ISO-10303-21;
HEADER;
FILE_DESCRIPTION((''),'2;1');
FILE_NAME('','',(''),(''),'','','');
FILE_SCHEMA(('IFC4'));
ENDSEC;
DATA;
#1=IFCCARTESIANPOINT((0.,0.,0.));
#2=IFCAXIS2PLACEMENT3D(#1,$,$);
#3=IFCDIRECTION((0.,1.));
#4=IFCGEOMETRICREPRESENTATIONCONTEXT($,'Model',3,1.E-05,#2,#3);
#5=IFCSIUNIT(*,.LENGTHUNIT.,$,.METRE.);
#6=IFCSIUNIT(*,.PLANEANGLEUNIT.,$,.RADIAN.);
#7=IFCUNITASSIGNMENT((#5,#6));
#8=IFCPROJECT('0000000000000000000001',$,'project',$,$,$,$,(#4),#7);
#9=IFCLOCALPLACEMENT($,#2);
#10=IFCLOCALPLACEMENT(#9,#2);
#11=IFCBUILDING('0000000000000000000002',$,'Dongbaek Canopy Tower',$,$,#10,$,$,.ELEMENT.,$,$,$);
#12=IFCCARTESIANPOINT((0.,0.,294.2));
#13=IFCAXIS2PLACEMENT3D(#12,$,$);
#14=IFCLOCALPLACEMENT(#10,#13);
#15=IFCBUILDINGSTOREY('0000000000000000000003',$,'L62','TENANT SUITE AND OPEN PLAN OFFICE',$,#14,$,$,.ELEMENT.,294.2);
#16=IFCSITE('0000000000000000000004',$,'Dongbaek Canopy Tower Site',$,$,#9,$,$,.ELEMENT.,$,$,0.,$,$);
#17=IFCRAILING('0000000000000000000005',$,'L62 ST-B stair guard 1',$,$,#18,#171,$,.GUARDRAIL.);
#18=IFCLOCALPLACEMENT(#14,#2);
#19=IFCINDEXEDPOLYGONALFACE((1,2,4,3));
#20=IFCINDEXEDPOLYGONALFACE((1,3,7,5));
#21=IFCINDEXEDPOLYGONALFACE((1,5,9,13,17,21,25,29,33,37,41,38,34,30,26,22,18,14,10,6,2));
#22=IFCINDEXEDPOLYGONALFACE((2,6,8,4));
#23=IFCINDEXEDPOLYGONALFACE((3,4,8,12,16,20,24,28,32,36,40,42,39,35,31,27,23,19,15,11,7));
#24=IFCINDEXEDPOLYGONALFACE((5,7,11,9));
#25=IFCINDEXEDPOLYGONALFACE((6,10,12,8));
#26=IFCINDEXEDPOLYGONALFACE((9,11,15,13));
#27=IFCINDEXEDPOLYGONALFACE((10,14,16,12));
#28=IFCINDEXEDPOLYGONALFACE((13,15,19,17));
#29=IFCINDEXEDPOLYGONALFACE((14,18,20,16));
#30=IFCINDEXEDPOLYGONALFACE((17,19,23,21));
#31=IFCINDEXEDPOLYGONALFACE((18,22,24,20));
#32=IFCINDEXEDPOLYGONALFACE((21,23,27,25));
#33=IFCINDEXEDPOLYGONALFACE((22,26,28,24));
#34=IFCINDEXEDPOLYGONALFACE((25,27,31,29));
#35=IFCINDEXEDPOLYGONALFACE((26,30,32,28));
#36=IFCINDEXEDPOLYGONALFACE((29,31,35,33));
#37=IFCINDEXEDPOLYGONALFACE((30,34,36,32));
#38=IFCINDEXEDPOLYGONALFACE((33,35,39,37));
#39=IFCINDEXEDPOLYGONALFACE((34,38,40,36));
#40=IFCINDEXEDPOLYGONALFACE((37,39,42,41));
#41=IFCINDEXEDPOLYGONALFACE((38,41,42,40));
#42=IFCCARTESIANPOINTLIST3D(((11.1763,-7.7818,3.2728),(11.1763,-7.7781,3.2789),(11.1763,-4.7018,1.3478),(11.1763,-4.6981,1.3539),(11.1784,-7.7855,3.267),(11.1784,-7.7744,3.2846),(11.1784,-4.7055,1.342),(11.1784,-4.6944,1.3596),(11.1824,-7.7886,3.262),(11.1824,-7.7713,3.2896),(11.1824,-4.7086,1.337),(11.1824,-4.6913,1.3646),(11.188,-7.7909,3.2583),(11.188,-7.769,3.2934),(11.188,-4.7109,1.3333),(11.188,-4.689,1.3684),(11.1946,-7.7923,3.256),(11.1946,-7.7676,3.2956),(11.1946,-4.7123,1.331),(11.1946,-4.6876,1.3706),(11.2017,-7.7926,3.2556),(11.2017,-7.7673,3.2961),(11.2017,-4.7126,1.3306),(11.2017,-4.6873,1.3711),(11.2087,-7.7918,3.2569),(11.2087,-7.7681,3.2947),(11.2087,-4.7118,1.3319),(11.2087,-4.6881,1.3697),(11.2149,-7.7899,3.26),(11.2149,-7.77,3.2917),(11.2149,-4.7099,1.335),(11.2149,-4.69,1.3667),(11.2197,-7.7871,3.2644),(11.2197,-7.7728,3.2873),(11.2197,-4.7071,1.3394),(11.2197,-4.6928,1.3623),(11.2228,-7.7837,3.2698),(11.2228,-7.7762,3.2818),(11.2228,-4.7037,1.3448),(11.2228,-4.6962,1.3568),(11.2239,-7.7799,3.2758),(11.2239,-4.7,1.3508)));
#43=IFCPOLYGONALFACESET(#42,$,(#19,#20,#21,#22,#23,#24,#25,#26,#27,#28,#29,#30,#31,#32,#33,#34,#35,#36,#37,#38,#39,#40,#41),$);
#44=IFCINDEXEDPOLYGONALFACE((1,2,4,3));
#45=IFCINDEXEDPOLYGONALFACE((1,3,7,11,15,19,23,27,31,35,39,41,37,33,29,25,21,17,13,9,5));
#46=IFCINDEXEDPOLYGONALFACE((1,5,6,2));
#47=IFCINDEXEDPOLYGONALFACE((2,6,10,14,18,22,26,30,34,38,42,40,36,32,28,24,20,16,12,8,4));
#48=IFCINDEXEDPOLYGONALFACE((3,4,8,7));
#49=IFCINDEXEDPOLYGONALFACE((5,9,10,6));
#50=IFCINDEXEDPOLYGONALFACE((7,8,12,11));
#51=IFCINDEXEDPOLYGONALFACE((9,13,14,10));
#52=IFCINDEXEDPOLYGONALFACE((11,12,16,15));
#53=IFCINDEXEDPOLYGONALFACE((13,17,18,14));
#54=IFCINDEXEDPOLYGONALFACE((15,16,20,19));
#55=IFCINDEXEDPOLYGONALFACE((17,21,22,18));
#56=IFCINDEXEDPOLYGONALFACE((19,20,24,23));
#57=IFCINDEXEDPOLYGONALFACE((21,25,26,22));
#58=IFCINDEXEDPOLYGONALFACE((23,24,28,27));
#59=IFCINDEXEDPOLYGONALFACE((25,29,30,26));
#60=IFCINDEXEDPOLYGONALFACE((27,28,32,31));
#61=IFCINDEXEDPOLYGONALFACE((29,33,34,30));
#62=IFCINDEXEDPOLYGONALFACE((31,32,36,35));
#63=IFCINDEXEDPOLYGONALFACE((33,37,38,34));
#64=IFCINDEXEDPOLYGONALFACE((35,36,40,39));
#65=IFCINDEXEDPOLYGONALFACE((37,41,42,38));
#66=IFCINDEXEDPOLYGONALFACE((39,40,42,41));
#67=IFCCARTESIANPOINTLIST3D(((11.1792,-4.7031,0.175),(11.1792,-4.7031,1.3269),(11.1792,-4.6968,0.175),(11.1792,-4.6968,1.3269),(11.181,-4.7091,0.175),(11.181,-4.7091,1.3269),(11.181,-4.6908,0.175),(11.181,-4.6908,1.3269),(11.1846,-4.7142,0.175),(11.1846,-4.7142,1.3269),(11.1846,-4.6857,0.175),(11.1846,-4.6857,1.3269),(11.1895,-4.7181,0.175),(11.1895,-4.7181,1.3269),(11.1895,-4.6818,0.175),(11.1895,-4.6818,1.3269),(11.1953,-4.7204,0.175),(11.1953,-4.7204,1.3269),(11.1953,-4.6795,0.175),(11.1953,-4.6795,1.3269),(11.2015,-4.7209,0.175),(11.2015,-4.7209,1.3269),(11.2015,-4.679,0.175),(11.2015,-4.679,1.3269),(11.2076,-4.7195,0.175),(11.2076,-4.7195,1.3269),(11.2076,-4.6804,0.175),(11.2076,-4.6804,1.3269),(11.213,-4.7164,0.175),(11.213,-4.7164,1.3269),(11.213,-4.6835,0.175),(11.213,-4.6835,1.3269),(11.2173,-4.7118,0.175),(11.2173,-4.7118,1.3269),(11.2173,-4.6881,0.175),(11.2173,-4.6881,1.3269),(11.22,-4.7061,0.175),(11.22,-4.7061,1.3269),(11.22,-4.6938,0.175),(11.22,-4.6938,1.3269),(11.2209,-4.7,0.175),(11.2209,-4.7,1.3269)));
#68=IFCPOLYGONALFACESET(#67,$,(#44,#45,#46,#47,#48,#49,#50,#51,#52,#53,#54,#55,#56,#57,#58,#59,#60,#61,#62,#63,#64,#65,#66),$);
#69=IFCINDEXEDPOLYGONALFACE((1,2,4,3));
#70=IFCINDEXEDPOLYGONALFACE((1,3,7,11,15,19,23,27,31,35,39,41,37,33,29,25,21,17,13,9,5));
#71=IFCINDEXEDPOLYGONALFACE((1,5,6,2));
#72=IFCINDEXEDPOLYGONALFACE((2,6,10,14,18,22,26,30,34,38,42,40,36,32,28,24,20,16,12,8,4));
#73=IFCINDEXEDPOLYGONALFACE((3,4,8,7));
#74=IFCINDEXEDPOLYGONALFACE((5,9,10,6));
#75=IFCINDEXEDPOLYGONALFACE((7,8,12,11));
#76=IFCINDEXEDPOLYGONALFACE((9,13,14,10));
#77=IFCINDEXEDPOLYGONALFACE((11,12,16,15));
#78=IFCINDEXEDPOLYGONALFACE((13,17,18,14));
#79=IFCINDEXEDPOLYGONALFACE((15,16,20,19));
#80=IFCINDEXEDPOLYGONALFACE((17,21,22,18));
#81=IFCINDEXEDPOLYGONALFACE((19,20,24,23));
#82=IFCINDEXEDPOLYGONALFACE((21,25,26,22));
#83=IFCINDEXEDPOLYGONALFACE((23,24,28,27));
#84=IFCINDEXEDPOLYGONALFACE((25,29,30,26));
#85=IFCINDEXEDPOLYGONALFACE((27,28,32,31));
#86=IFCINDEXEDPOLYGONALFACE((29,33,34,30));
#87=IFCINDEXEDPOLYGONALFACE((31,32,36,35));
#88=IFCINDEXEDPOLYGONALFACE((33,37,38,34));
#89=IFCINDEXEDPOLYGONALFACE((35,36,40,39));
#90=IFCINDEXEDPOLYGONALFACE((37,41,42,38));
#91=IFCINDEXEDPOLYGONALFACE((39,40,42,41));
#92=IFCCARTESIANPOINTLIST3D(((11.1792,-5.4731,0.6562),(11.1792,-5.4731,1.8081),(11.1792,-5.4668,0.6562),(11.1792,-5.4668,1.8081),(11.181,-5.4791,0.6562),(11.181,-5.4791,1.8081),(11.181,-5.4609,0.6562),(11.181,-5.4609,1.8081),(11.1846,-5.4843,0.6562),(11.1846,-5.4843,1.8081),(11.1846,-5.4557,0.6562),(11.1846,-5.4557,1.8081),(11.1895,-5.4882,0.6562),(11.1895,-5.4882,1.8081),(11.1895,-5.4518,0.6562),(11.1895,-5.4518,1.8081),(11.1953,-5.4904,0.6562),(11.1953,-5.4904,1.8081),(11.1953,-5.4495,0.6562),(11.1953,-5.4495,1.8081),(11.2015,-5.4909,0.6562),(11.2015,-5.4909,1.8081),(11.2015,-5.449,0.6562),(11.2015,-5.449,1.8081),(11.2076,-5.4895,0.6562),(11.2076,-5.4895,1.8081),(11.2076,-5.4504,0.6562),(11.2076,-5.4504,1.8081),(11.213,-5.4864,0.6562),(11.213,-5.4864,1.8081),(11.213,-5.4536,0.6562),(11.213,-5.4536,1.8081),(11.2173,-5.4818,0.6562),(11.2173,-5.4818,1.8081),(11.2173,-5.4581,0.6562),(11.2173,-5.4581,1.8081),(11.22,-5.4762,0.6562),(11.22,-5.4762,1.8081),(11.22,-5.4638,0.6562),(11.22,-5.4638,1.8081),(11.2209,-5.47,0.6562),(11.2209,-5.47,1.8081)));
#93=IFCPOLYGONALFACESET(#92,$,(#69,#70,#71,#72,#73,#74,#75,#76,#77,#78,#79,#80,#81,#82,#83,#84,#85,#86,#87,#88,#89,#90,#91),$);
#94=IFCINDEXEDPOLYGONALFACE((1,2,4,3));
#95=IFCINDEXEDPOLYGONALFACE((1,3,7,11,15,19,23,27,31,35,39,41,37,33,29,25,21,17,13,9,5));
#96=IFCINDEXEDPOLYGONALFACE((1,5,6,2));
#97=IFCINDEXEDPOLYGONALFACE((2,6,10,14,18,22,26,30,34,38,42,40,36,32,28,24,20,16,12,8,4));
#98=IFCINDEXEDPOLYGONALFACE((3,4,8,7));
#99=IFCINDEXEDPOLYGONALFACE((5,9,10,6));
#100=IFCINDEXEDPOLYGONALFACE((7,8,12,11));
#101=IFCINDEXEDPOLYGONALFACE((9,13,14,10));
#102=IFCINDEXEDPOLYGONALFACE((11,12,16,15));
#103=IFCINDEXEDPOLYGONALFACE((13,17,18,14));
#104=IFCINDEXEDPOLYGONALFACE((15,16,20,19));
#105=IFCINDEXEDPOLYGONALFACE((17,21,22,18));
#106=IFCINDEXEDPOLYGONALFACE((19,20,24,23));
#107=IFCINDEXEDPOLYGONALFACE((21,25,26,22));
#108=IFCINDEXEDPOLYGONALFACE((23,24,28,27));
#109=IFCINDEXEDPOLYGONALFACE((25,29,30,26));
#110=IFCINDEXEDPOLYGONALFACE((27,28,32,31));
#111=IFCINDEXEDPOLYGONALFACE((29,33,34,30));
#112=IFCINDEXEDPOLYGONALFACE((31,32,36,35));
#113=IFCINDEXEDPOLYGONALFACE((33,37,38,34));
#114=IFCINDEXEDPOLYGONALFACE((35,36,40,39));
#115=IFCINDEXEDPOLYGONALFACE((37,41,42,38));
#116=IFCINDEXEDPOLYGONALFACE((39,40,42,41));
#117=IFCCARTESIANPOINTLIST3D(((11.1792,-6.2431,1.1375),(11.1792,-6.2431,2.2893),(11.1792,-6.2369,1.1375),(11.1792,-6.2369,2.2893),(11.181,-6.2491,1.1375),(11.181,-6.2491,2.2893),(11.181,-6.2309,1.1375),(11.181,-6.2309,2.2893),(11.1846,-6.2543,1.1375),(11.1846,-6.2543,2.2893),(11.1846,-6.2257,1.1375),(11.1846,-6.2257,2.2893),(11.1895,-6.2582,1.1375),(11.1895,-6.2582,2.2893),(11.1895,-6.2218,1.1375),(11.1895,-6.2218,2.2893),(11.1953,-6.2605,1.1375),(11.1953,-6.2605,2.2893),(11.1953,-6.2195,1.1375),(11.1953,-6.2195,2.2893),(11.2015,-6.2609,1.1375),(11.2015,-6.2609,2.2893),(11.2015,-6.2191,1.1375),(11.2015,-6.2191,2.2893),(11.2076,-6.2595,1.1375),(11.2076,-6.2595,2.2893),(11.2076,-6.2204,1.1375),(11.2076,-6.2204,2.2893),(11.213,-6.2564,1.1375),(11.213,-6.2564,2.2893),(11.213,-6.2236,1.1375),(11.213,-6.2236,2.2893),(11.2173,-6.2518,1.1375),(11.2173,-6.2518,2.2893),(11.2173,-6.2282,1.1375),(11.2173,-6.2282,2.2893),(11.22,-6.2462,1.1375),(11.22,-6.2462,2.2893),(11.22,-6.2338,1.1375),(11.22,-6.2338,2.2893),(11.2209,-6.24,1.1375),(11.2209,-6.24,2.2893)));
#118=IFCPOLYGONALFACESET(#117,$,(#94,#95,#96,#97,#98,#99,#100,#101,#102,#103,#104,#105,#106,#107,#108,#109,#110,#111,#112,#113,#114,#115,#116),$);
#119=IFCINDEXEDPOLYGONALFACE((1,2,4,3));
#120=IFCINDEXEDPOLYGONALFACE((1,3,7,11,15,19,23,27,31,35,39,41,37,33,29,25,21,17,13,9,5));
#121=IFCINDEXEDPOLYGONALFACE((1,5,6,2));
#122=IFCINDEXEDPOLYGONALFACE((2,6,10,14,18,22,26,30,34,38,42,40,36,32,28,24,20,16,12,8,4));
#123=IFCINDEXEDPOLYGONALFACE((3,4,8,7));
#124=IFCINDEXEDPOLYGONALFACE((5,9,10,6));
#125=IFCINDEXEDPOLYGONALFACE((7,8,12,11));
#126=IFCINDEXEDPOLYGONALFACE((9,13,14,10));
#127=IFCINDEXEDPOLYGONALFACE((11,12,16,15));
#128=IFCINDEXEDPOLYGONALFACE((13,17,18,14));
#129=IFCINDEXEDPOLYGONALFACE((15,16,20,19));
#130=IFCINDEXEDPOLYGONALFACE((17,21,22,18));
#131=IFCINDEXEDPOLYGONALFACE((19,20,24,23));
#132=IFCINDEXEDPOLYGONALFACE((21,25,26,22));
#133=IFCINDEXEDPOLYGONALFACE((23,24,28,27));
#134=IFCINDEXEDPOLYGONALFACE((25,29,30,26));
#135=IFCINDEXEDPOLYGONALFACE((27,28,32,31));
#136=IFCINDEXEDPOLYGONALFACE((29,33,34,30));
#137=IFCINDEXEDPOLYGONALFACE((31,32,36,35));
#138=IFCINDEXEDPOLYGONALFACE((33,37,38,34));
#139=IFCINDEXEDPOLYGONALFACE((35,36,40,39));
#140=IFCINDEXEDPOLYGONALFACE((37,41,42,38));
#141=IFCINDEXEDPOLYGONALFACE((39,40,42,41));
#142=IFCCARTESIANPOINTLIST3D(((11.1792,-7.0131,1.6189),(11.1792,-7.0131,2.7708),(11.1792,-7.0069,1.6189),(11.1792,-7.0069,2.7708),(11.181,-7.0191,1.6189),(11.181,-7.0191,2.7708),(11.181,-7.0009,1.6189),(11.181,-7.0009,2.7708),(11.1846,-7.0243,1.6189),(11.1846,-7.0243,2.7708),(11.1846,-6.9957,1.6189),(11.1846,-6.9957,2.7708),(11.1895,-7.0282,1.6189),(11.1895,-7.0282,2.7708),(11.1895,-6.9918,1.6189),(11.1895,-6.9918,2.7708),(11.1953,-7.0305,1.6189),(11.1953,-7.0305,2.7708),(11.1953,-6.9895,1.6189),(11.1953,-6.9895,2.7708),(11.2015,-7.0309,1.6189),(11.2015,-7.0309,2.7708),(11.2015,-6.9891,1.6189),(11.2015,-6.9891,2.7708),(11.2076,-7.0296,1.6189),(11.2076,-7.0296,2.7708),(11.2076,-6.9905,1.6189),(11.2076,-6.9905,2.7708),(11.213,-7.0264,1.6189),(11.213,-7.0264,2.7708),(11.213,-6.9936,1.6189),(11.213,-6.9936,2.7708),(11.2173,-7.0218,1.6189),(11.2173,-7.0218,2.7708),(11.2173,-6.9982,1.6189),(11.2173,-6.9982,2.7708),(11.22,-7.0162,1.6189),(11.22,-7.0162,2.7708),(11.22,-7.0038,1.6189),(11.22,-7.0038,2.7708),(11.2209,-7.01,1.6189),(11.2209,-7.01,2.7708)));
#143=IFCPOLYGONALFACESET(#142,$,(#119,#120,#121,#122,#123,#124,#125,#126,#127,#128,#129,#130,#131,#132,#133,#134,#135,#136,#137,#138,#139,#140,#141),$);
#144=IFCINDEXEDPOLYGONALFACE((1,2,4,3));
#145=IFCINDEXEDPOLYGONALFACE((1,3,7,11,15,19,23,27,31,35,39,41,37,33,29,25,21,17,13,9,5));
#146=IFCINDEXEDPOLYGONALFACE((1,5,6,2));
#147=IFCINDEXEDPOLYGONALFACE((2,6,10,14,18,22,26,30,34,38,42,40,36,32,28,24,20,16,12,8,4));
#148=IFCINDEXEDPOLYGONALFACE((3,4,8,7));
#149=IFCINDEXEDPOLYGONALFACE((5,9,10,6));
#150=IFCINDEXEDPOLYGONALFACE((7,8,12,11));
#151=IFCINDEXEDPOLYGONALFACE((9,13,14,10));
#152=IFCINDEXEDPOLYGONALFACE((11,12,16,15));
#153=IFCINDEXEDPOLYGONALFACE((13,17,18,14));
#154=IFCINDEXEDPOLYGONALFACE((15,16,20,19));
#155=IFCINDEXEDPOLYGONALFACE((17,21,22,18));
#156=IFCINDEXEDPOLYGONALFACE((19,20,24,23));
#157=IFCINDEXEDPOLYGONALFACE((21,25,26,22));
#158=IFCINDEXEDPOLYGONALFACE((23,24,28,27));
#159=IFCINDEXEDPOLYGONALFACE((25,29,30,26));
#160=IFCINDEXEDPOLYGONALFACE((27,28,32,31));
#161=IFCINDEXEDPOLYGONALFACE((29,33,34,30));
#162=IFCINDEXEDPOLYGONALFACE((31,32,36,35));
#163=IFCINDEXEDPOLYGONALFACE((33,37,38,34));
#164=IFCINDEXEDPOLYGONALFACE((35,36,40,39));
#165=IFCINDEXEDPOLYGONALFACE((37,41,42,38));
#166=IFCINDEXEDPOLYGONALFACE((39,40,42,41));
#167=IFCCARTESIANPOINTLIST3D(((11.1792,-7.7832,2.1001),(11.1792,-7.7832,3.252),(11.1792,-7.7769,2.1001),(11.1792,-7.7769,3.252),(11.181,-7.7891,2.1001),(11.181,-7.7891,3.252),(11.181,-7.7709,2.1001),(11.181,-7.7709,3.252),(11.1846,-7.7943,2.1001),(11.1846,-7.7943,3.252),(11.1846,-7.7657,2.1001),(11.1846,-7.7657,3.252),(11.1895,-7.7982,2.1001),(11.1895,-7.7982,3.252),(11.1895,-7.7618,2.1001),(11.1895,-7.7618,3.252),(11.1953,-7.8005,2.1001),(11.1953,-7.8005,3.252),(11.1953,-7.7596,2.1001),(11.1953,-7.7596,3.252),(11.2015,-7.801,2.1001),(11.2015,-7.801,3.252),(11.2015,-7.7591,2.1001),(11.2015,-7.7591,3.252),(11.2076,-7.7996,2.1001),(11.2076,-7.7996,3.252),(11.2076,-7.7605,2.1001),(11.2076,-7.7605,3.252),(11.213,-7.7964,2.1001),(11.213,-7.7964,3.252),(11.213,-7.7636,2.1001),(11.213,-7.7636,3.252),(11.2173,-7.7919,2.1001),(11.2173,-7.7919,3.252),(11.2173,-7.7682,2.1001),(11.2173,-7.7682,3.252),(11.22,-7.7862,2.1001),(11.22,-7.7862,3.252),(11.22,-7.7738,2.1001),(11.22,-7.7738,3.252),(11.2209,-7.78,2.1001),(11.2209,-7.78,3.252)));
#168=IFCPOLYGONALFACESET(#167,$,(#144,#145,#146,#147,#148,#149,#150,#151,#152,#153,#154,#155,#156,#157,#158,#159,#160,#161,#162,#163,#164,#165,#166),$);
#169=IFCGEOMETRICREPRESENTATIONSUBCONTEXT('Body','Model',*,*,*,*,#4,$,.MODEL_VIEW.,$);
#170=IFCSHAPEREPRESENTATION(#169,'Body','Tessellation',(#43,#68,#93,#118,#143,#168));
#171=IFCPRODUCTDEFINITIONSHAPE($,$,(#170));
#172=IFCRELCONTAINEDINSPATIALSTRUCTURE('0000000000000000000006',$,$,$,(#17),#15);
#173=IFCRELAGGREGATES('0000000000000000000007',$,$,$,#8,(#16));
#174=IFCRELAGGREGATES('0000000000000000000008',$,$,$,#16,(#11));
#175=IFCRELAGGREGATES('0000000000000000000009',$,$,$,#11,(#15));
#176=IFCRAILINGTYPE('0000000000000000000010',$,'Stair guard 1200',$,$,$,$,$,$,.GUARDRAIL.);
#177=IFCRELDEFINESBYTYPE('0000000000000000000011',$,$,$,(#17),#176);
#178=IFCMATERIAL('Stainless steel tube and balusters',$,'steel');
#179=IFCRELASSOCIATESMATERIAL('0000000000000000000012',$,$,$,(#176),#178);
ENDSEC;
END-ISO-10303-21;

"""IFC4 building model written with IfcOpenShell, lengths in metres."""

from ifc_helpers import new_model, si_unit, direction, frame, origin, origin_2d, place, context, subcontext, project, spatial, circle, extrude, material, type_object, element, save


model = new_model("IFC4")

# Units and contexts
model_context = context("Model", 3, precision=1e-05, world=origin(), true_north=direction((0.0, 1.0)))
body_context = subcontext(model_context, "Body", "Model", "MODEL_VIEW")
ifc_project = project(units=[si_unit("LENGTHUNIT", "METRE"), si_unit("PLANEANGLEUNIT", "RADIAN")], contexts=[model_context])

# Site, building, storey
site_placement = place(None, origin())
site = spatial("IfcSite", under=ifc_project, at=site_placement, Name="Dongbaek Canopy Tower Site", CompositionType="ELEMENT", RefElevation=0.0)
building_placement = place(site_placement, origin())
building = spatial("IfcBuilding", under=site, at=building_placement, Name="Dongbaek Canopy Tower", CompositionType="ELEMENT")
storey_placement = place(building_placement, frame((0.0, 0.0, 294.2)))
storey = spatial("IfcBuildingStorey", under=building, at=storey_placement, Name="L62", Description="TENANT SUITE AND OPEN PLAN OFFICE", CompositionType="ELEMENT", Elevation=294.2)

# Railing
ifc_material_1 = material(Name="Stainless steel tube and balusters", Category="steel")
railing_type_1 = type_object("IfcRailingType", Name="Stair guard 1200", PredefinedType="GUARDRAIL", material=ifc_material_1)
railing_1_placement = place(storey_placement, frame((11.2, -4.7, 0.175)))
element("IfcRailing", 1, at=railing_1_placement, inside=storey, type_object=railing_type_1, Name="L62 ST-B stair guard 1", PredefinedType="GUARDRAIL", context=body_context, shape_type="SweptSolid", body=[
    extrude(circle(Radius=0.0239, at=origin_2d()), frame((0.0, 0.0, 1.1758), z_axis=(0.0, -0.847998, 0.529999), x_axis=(1.0, 0.0, 0.0)), (0.0, 0.0, 1.0), 3.6321),
    extrude(circle(Radius=0.021, at=origin_2d()), origin(), (0.0, 0.0, 1.0), 1.1519),
    extrude(circle(Radius=0.021, at=origin_2d()), frame((0.0, -0.77, 0.4812)), (0.0, 0.0, 1.0), 1.1519),
    extrude(circle(Radius=0.021, at=origin_2d()), frame((0.0, -1.54, 0.9624)), (0.0, 0.0, 1.0), 1.1519),
    extrude(circle(Radius=0.021, at=origin_2d()), frame((0.0, -2.3101, 1.4438)), (0.0, 0.0, 1.0), 1.1519),
    extrude(circle(Radius=0.021, at=origin_2d()), frame((0.0, -3.0801, 1.925)), (0.0, 0.0, 1.0), 1.1519),
])

save(model, "model.ifc")
